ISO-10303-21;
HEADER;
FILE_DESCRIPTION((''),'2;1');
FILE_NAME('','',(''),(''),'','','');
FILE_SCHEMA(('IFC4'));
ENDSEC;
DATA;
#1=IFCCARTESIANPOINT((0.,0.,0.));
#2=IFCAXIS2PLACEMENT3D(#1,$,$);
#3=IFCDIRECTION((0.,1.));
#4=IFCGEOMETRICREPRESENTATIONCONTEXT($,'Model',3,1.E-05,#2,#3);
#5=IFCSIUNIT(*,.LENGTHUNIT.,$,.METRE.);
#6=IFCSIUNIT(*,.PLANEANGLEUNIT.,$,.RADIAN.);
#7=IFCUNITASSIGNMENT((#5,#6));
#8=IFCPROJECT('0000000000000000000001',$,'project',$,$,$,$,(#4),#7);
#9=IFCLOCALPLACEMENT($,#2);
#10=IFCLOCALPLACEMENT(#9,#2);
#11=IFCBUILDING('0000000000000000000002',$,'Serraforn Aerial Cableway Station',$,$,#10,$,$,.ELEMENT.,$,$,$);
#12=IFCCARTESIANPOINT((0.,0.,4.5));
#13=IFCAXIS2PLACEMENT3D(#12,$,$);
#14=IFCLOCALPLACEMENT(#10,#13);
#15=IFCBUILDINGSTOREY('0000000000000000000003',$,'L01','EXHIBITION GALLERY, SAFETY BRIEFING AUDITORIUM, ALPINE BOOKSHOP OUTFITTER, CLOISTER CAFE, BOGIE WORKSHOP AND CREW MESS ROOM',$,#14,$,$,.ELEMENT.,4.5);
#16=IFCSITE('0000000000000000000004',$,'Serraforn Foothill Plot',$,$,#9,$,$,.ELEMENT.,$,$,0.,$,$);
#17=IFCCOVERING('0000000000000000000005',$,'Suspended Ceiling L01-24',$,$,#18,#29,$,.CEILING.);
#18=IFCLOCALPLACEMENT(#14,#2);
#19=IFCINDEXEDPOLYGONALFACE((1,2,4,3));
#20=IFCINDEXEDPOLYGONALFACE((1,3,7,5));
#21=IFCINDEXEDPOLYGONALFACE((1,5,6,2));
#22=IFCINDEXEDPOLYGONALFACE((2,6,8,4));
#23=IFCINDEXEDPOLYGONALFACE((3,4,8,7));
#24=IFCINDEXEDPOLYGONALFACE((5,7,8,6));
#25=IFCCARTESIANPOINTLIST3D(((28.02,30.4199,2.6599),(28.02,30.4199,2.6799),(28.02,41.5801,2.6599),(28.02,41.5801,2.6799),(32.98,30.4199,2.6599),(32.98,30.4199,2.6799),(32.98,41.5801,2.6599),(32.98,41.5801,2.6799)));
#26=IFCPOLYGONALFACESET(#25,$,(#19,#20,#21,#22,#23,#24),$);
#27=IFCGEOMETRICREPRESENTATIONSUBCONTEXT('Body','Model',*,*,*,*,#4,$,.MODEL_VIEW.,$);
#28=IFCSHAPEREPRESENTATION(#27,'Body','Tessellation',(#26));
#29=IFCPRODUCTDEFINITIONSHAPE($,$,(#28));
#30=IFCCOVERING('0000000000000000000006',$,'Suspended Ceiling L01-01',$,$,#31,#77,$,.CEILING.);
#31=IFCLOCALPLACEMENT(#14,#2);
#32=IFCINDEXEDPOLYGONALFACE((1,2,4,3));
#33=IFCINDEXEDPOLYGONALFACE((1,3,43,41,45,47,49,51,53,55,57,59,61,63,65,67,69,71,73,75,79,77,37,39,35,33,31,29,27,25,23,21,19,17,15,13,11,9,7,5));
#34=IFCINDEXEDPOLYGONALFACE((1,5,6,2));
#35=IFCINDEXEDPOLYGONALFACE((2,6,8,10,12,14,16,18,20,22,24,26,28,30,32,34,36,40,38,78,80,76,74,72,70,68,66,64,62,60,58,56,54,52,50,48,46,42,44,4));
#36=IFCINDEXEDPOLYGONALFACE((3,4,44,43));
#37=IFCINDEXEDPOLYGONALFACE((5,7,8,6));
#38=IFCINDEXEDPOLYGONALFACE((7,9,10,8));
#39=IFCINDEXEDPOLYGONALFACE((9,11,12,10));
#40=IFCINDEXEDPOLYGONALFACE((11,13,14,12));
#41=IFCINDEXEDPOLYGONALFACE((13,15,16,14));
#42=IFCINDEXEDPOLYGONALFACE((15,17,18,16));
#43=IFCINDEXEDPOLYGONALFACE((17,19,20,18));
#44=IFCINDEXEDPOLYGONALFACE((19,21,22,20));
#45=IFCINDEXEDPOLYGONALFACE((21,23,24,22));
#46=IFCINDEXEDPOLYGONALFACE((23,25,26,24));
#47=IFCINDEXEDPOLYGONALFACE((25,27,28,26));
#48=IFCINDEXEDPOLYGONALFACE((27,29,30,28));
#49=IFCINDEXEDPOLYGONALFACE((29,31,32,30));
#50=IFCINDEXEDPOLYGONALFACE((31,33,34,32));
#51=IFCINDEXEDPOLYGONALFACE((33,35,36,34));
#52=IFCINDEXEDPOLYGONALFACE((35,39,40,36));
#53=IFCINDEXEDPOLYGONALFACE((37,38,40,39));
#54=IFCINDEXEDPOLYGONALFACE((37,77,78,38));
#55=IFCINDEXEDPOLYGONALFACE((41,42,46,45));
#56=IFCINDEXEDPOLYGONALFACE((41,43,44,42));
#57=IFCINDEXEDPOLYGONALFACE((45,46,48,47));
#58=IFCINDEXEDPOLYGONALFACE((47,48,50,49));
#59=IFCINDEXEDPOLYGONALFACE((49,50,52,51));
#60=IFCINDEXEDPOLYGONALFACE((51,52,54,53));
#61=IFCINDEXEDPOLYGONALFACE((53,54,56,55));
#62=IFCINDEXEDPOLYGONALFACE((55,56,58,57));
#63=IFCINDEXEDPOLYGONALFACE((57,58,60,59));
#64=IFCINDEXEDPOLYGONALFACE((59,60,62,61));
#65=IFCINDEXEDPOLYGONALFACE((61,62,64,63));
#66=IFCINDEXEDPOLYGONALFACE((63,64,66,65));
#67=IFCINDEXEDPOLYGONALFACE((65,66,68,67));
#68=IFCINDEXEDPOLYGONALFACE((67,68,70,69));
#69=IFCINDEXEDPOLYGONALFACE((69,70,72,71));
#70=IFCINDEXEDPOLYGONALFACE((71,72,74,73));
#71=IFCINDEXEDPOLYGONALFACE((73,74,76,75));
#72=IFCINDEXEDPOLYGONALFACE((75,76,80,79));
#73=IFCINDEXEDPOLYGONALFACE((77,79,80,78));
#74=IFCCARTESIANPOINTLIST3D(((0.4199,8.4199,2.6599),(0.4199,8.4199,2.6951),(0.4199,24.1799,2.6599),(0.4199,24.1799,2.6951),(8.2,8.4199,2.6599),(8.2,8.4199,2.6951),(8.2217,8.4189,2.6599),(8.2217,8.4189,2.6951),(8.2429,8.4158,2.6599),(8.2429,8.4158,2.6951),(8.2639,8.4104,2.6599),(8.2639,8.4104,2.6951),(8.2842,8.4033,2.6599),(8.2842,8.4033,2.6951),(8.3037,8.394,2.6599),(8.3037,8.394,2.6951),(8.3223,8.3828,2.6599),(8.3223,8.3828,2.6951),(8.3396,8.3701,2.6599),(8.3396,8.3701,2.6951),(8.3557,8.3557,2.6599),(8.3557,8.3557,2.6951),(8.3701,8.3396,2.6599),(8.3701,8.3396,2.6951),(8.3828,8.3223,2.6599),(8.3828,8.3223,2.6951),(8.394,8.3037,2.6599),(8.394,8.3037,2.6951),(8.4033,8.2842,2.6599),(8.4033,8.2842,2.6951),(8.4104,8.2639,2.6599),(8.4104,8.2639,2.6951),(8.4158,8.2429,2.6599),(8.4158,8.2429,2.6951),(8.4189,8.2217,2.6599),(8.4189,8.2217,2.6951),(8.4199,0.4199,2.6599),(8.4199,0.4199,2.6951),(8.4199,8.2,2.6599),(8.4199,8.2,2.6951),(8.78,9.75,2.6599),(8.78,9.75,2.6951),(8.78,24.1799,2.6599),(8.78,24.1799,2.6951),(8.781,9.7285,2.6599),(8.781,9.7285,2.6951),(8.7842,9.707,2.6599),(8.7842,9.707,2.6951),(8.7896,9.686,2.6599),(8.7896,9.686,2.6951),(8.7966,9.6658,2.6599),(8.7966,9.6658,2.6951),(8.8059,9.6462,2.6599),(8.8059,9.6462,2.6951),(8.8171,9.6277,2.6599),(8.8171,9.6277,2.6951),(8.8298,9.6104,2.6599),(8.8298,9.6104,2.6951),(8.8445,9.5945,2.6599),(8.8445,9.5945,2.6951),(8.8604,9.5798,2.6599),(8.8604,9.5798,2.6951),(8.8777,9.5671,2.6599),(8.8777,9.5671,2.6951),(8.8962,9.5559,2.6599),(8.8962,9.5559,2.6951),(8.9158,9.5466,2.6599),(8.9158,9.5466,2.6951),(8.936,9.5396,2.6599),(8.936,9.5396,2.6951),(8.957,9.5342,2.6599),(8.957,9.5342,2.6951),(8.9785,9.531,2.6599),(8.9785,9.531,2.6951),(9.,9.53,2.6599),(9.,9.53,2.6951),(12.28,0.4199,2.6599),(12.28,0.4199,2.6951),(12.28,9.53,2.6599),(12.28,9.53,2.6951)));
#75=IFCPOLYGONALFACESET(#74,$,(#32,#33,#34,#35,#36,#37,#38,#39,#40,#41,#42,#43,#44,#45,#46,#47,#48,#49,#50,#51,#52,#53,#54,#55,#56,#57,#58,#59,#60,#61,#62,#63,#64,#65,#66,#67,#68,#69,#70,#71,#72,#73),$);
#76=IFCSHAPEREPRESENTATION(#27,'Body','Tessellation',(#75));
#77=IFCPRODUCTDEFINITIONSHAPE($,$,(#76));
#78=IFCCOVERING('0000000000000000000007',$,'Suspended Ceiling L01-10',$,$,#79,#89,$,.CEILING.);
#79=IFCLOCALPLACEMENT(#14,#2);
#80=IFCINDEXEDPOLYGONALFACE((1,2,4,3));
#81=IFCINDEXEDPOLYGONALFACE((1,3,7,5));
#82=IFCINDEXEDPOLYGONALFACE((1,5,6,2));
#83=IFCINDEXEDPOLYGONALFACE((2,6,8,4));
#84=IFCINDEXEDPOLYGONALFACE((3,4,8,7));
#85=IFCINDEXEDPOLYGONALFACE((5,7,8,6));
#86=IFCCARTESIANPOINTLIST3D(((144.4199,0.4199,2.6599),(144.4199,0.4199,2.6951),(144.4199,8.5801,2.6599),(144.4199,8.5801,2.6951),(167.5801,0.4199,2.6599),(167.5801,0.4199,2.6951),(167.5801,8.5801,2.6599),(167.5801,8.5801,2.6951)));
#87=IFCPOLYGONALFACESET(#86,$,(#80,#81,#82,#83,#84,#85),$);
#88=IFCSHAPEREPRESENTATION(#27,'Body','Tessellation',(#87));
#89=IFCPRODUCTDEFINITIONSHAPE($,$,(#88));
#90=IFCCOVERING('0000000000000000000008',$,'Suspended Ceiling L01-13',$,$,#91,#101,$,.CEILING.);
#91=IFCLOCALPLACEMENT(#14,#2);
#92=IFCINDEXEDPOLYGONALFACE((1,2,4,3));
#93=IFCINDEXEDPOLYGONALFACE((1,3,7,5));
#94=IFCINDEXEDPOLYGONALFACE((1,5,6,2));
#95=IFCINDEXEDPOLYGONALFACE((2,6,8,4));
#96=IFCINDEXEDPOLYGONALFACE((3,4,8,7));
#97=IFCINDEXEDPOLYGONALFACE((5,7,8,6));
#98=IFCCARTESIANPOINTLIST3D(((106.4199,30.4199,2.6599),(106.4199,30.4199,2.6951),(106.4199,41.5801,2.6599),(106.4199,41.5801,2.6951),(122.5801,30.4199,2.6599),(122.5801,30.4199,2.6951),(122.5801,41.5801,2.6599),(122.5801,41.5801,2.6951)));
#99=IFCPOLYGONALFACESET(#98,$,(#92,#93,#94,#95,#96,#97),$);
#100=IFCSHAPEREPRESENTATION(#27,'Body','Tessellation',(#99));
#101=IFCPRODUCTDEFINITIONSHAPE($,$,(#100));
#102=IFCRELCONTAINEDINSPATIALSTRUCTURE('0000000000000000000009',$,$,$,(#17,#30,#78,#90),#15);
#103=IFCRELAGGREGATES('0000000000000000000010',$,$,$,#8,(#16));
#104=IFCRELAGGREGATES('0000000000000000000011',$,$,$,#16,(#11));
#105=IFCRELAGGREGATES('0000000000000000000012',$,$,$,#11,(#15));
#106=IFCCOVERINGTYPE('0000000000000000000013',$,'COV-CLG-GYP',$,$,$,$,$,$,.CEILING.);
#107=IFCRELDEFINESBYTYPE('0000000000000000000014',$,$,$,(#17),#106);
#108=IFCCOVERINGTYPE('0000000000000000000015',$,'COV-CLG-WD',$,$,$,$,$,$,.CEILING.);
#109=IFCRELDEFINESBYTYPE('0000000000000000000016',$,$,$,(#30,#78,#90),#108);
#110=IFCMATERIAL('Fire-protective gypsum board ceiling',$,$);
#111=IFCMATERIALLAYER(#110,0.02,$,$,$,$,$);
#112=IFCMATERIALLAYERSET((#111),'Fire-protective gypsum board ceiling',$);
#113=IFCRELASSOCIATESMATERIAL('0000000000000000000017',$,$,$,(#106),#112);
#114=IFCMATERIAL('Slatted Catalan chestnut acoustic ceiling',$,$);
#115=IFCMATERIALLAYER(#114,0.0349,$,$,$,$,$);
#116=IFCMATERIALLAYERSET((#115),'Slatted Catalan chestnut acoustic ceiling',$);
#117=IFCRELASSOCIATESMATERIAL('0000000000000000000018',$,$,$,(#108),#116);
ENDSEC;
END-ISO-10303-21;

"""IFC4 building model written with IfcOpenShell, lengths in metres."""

from ifc_helpers import new_model, si_unit, direction, frame, origin, place, context, subcontext, project, spatial, polyline, outline, extrude, material, layer, layer_set, type_object, element, save


model = new_model("IFC4")

# Units and contexts
model_context = context("Model", 3, precision=1e-05, world=origin(), true_north=direction((0.0, 1.0)))
body_context = subcontext(model_context, "Body", "Model", "MODEL_VIEW")
ifc_project = project(units=[si_unit("LENGTHUNIT", "METRE"), si_unit("PLANEANGLEUNIT", "RADIAN")], contexts=[model_context])

# Site, building, storey
site_placement = place(None, origin())
site = spatial("IfcSite", under=ifc_project, at=site_placement, Name="Serraforn Foothill Plot", CompositionType="ELEMENT", RefElevation=0.0)
building_placement = place(site_placement, origin())
building = spatial("IfcBuilding", under=site, at=building_placement, Name="Serraforn Aerial Cableway Station", CompositionType="ELEMENT")
storey_placement = place(building_placement, frame((0.0, 0.0, 4.5)))
storey = spatial("IfcBuildingStorey", under=building, at=storey_placement, Name="L01", Description="EXHIBITION GALLERY, SAFETY BRIEFING AUDITORIUM, ALPINE BOOKSHOP OUTFITTER, CLOISTER CAFE, BOGIE WORKSHOP AND CREW MESS ROOM", CompositionType="ELEMENT", Elevation=4.5)

# Coverings
ifc_material_1 = material(Name="Fire-protective gypsum board ceiling")
ifc_layer_1 = layer(ifc_material_1, 0.02)
ifc_layer_set_1 = layer_set([ifc_layer_1], Name="Fire-protective gypsum board ceiling")
covering_type_1 = type_object("IfcCoveringType", Name="COV-CLG-GYP", PredefinedType="CEILING", material=ifc_layer_set_1)
covering_1_placement = place(storey_placement, frame((0.0, 0.0, 2.6599)))
element("IfcCovering", 1, at=covering_1_placement, inside=storey, type_object=covering_type_1, Name="Suspended Ceiling L01-24", PredefinedType="CEILING", context=body_context, shape_type="SweptSolid", body=[
    extrude(outline(polyline([(28.02, 30.4199), (28.02, 41.5801), (32.98, 41.5801), (32.98, 30.4199), (28.02, 30.4199)])), origin(), (0.0, 0.0, 1.0), 0.02),
])
ifc_material_2 = material(Name="Slatted Catalan chestnut acoustic ceiling")
ifc_layer_2 = layer(ifc_material_2, 0.0349)
ifc_layer_set_2 = layer_set([ifc_layer_2], Name="Slatted Catalan chestnut acoustic ceiling")
covering_type_2 = type_object("IfcCoveringType", Name="COV-CLG-WD", PredefinedType="CEILING", material=ifc_layer_set_2)
covering_2_placement = place(storey_placement, frame((0.0, 0.0, 2.6599)))
element("IfcCovering", 2, at=covering_2_placement, inside=storey, type_object=covering_type_2, Name="Suspended Ceiling L01-01", PredefinedType="CEILING", context=body_context, shape_type="SweptSolid", body=[
    extrude(outline(polyline([(12.28, 0.4199), (8.4199, 0.4199), (8.4199, 8.2), (8.4189, 8.2217), (8.4158, 8.2429), (8.4104, 8.2639), (8.4033, 8.2842), (8.394, 8.3037), (8.3828, 8.3223), (8.3701, 8.3396), (8.3557, 8.3557), (8.3396, 8.3701), (8.3223, 8.3828), (8.3037, 8.394), (8.2842, 8.4033), (8.2639, 8.4104), (8.2429, 8.4158), (8.2217, 8.4189), (8.2, 8.4199), (0.4199, 8.4199), (0.4199, 24.1799), (8.78, 24.1799), (8.78, 9.75), (8.781, 9.7285), (8.7842, 9.707), (8.7896, 9.686), (8.7966, 9.6658), (8.8059, 9.6462), (8.8171, 9.6277), (8.8298, 9.6104), (8.8445, 9.5945), (8.8604, 9.5798), (8.8777, 9.5671), (8.8962, 9.5559), (8.9158, 9.5466), (8.936, 9.5396), (8.957, 9.5342), (8.9785, 9.531), (9.0, 9.53), (12.28, 9.53), (12.28, 0.4199)])), origin(), (0.0, 0.0, 1.0), 0.0352),
])
covering_3_placement = place(storey_placement, frame((0.0, 0.0, 2.6599)))
element("IfcCovering", 3, at=covering_3_placement, inside=storey, type_object=covering_type_2, Name="Suspended Ceiling L01-10", PredefinedType="CEILING", context=body_context, shape_type="SweptSolid", body=[
    extrude(outline(polyline([(144.4199, 0.4199), (144.4199, 8.5801), (167.5801, 8.5801), (167.5801, 0.4199), (144.4199, 0.4199)])), origin(), (0.0, 0.0, 1.0), 0.0352),
])
covering_4_placement = place(storey_placement, frame((0.0, 0.0, 2.6599)))
element("IfcCovering", 4, at=covering_4_placement, inside=storey, type_object=covering_type_2, Name="Suspended Ceiling L01-13", PredefinedType="CEILING", context=body_context, shape_type="SweptSolid", body=[
    extrude(outline(polyline([(106.4199, 30.4199), (106.4199, 41.5801), (122.5801, 41.5801), (122.5801, 30.4199), (106.4199, 30.4199)])), origin(), (0.0, 0.0, 1.0), 0.0352),
])

save(model, "model.ifc")
